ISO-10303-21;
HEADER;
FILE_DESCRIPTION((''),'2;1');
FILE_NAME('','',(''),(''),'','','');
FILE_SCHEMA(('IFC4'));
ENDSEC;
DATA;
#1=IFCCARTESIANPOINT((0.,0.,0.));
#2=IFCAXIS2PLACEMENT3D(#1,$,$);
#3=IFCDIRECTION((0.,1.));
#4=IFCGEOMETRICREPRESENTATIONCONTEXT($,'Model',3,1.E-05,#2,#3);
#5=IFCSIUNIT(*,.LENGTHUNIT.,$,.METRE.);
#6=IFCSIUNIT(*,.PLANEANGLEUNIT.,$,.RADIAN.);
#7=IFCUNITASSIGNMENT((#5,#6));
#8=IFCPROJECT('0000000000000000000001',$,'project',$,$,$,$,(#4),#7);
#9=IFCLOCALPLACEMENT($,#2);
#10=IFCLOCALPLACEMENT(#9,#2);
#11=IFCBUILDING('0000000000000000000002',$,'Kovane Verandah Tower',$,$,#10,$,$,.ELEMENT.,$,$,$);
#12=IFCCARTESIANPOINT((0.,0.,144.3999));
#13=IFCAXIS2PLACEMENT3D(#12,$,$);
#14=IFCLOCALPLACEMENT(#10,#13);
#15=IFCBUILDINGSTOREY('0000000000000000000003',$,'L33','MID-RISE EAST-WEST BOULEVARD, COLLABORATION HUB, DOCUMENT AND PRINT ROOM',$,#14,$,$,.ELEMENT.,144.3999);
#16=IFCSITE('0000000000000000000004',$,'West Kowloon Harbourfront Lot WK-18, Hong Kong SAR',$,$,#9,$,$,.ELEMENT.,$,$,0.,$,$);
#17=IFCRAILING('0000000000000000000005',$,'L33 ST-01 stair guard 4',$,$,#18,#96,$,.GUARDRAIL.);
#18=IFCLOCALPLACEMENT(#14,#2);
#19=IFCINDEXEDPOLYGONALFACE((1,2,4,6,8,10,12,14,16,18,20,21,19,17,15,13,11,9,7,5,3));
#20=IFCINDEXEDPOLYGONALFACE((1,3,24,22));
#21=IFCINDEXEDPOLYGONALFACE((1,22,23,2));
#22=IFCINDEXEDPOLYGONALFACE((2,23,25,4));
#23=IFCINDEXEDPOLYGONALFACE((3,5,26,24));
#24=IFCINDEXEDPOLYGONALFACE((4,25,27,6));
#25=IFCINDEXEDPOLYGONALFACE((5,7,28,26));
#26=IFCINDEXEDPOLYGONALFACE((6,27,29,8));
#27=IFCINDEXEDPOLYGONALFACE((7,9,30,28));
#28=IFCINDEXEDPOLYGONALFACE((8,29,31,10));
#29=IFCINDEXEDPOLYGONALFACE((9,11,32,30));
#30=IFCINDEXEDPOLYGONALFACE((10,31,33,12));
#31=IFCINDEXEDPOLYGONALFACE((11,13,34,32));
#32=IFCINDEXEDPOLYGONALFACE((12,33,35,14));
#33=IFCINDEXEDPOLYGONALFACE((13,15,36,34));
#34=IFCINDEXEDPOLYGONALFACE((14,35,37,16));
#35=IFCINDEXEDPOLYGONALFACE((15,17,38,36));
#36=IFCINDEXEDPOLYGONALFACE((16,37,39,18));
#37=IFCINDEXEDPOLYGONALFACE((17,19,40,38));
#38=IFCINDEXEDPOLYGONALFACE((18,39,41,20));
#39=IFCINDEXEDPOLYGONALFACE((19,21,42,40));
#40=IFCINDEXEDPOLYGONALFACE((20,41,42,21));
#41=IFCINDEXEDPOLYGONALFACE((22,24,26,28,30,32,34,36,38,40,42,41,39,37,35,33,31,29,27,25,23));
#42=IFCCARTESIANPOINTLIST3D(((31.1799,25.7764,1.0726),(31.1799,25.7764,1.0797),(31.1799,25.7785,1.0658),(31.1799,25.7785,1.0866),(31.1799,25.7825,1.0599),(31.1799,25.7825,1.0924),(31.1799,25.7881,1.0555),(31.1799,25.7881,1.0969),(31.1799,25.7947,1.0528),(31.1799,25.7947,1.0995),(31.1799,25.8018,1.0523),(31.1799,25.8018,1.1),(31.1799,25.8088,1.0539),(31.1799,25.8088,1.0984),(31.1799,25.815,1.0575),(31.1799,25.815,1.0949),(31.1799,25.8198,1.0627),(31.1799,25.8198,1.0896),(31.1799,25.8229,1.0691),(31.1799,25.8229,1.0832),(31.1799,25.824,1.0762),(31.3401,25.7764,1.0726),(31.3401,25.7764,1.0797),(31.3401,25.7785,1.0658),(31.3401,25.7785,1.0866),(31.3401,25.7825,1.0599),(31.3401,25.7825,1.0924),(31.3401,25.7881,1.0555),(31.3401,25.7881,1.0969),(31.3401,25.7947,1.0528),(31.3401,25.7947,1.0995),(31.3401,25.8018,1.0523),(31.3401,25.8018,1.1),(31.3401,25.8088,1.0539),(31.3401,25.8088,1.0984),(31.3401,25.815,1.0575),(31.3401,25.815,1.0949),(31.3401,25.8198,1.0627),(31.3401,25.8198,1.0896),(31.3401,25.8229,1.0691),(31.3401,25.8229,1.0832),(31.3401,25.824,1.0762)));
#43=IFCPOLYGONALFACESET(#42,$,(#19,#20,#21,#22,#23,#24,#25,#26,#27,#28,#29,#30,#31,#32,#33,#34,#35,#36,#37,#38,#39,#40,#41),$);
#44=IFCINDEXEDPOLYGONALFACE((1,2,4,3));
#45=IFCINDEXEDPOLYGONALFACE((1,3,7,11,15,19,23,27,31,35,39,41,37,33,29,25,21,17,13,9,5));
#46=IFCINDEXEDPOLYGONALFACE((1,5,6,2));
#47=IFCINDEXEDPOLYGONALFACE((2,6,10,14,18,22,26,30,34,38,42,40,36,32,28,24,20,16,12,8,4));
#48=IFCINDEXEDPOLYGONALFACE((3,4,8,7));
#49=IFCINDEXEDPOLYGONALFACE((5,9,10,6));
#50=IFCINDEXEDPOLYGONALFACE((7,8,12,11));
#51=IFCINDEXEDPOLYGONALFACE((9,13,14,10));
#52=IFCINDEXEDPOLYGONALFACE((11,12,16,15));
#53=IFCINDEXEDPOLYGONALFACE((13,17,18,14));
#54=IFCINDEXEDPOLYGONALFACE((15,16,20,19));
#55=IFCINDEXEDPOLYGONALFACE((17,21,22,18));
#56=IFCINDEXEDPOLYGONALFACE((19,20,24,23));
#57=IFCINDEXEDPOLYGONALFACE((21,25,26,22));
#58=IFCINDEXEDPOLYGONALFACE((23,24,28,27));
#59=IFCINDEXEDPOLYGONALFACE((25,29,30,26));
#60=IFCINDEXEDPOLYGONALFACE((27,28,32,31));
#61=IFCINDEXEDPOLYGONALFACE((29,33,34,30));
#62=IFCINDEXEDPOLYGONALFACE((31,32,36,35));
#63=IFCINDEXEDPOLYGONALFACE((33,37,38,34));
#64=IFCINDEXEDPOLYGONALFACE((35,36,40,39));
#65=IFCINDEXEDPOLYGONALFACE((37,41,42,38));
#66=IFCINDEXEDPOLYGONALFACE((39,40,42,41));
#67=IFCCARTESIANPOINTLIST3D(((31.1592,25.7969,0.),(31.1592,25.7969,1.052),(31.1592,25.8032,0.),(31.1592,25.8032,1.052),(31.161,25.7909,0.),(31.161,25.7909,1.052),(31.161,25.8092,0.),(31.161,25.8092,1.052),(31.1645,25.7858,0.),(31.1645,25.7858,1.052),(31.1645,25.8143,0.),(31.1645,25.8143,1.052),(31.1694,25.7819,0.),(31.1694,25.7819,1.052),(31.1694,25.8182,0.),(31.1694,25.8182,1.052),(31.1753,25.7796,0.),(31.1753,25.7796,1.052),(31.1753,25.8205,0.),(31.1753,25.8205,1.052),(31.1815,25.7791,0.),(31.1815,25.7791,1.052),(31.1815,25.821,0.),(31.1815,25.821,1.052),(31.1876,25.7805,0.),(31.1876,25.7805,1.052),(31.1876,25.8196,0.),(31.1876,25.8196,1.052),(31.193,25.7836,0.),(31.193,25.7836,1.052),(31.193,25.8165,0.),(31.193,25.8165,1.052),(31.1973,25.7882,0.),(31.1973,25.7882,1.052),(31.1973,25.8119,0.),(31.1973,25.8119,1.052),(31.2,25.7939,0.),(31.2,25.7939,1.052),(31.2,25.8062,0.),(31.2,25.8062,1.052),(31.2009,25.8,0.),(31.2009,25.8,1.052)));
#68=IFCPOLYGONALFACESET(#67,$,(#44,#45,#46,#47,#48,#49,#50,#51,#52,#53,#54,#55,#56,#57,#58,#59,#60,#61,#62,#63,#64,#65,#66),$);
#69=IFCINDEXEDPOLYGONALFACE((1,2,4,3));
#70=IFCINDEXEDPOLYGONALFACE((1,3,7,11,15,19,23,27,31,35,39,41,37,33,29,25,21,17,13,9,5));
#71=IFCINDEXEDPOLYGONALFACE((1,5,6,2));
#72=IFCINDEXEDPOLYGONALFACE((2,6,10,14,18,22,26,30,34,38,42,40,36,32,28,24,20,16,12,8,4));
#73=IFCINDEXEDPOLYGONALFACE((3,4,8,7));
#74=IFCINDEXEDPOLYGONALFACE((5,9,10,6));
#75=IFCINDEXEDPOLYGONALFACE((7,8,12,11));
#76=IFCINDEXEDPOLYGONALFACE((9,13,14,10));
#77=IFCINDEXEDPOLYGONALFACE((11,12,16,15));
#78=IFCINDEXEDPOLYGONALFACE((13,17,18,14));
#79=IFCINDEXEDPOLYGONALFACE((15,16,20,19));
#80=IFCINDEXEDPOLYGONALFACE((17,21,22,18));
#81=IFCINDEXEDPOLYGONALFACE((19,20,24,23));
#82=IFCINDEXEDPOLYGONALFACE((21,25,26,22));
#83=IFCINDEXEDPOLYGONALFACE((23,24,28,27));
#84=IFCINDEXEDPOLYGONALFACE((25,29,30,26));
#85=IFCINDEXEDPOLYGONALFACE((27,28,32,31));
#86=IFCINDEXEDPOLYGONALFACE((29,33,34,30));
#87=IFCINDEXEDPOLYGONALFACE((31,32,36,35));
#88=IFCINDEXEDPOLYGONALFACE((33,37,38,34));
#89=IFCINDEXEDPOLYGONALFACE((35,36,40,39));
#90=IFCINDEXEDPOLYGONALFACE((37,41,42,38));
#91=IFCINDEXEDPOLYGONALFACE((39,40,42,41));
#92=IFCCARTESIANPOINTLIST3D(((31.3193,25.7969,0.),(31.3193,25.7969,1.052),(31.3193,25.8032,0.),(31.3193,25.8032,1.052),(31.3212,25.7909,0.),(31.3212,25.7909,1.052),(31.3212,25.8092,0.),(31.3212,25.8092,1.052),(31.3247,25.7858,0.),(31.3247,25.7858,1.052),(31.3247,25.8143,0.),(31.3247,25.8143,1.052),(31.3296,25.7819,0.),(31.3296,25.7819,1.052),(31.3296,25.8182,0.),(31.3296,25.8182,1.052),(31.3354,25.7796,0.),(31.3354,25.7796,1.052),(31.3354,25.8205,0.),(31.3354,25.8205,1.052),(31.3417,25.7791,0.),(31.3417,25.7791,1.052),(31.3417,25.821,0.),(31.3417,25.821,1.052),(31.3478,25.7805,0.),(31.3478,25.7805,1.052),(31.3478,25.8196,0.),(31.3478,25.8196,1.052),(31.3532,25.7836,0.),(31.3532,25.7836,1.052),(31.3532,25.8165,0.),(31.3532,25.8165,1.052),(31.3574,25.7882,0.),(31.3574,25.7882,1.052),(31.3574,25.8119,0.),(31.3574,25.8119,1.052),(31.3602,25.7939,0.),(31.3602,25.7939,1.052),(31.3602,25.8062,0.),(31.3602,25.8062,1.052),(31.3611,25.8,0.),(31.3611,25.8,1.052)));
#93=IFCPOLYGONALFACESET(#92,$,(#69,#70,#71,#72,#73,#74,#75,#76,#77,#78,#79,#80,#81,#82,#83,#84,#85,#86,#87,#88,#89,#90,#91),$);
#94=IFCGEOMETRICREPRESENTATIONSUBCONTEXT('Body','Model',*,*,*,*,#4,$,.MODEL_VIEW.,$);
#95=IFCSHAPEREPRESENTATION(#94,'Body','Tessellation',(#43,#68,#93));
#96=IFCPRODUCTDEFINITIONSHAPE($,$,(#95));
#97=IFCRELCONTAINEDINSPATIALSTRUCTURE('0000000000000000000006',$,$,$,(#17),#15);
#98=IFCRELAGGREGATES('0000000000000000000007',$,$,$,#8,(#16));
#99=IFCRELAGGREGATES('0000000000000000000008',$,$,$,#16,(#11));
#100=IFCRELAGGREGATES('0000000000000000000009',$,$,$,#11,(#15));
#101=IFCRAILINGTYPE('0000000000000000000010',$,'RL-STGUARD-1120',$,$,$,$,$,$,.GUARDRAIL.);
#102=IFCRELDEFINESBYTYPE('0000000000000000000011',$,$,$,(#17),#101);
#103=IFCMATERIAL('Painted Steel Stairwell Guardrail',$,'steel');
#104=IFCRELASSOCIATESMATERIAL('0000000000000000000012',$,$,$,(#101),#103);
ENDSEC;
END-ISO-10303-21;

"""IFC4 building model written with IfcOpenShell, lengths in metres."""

from ifc_helpers import new_model, si_unit, direction, frame, origin, origin_2d, place, context, subcontext, project, spatial, circle, extrude, material, type_object, element, save


model = new_model("IFC4")

# Units and contexts
model_context = context("Model", 3, precision=1e-05, world=origin(), true_north=direction((0.0, 1.0)))
body_context = subcontext(model_context, "Body", "Model", "MODEL_VIEW")
ifc_project = project(units=[si_unit("LENGTHUNIT", "METRE"), si_unit("PLANEANGLEUNIT", "RADIAN")], contexts=[model_context])

# Site, building, storey
site_placement = place(None, origin())
site = spatial("IfcSite", under=ifc_project, at=site_placement, Name="West Kowloon Harbourfront Lot WK-18, Hong Kong SAR", CompositionType="ELEMENT", RefElevation=0.0)
building_placement = place(site_placement, origin())
building = spatial("IfcBuilding", under=site, at=building_placement, Name="Kovane Verandah Tower", CompositionType="ELEMENT")
storey_placement = place(building_placement, frame((0.0, 0.0, 144.3999)))
storey = spatial("IfcBuildingStorey", under=building, at=storey_placement, Name="L33", Description="MID-RISE EAST-WEST BOULEVARD, COLLABORATION HUB, DOCUMENT AND PRINT ROOM", CompositionType="ELEMENT", Elevation=144.3999)

# Railing
ifc_material_1 = material(Name="Painted Steel Stairwell Guardrail", Category="steel")
railing_type_1 = type_object("IfcRailingType", Name="RL-STGUARD-1120", PredefinedType="GUARDRAIL", material=ifc_material_1)
railing_1_placement = place(storey_placement, frame((31.1799, 25.8, 0.0)))
element("IfcRailing", 1, at=railing_1_placement, inside=storey, type_object=railing_type_1, Name="L33 ST-01 stair guard 4", PredefinedType="GUARDRAIL", context=body_context, shape_type="SweptSolid", body=[
    extrude(circle(Radius=0.0239, at=origin_2d()), frame((0.0, 0.0, 1.0762), z_axis=(1.0, 0.0, 0.0), x_axis=(0.0, 1.0, 0.0)), (0.0, 0.0, 1.0), 0.1602),
    extrude(circle(Radius=0.021, at=origin_2d()), origin(), (0.0, 0.0, 1.0), 1.052),
    extrude(circle(Radius=0.021, at=origin_2d()), frame((0.1602, 0.0, 0.0)), (0.0, 0.0, 1.0), 1.052),
])

save(model, "model.ifc")
